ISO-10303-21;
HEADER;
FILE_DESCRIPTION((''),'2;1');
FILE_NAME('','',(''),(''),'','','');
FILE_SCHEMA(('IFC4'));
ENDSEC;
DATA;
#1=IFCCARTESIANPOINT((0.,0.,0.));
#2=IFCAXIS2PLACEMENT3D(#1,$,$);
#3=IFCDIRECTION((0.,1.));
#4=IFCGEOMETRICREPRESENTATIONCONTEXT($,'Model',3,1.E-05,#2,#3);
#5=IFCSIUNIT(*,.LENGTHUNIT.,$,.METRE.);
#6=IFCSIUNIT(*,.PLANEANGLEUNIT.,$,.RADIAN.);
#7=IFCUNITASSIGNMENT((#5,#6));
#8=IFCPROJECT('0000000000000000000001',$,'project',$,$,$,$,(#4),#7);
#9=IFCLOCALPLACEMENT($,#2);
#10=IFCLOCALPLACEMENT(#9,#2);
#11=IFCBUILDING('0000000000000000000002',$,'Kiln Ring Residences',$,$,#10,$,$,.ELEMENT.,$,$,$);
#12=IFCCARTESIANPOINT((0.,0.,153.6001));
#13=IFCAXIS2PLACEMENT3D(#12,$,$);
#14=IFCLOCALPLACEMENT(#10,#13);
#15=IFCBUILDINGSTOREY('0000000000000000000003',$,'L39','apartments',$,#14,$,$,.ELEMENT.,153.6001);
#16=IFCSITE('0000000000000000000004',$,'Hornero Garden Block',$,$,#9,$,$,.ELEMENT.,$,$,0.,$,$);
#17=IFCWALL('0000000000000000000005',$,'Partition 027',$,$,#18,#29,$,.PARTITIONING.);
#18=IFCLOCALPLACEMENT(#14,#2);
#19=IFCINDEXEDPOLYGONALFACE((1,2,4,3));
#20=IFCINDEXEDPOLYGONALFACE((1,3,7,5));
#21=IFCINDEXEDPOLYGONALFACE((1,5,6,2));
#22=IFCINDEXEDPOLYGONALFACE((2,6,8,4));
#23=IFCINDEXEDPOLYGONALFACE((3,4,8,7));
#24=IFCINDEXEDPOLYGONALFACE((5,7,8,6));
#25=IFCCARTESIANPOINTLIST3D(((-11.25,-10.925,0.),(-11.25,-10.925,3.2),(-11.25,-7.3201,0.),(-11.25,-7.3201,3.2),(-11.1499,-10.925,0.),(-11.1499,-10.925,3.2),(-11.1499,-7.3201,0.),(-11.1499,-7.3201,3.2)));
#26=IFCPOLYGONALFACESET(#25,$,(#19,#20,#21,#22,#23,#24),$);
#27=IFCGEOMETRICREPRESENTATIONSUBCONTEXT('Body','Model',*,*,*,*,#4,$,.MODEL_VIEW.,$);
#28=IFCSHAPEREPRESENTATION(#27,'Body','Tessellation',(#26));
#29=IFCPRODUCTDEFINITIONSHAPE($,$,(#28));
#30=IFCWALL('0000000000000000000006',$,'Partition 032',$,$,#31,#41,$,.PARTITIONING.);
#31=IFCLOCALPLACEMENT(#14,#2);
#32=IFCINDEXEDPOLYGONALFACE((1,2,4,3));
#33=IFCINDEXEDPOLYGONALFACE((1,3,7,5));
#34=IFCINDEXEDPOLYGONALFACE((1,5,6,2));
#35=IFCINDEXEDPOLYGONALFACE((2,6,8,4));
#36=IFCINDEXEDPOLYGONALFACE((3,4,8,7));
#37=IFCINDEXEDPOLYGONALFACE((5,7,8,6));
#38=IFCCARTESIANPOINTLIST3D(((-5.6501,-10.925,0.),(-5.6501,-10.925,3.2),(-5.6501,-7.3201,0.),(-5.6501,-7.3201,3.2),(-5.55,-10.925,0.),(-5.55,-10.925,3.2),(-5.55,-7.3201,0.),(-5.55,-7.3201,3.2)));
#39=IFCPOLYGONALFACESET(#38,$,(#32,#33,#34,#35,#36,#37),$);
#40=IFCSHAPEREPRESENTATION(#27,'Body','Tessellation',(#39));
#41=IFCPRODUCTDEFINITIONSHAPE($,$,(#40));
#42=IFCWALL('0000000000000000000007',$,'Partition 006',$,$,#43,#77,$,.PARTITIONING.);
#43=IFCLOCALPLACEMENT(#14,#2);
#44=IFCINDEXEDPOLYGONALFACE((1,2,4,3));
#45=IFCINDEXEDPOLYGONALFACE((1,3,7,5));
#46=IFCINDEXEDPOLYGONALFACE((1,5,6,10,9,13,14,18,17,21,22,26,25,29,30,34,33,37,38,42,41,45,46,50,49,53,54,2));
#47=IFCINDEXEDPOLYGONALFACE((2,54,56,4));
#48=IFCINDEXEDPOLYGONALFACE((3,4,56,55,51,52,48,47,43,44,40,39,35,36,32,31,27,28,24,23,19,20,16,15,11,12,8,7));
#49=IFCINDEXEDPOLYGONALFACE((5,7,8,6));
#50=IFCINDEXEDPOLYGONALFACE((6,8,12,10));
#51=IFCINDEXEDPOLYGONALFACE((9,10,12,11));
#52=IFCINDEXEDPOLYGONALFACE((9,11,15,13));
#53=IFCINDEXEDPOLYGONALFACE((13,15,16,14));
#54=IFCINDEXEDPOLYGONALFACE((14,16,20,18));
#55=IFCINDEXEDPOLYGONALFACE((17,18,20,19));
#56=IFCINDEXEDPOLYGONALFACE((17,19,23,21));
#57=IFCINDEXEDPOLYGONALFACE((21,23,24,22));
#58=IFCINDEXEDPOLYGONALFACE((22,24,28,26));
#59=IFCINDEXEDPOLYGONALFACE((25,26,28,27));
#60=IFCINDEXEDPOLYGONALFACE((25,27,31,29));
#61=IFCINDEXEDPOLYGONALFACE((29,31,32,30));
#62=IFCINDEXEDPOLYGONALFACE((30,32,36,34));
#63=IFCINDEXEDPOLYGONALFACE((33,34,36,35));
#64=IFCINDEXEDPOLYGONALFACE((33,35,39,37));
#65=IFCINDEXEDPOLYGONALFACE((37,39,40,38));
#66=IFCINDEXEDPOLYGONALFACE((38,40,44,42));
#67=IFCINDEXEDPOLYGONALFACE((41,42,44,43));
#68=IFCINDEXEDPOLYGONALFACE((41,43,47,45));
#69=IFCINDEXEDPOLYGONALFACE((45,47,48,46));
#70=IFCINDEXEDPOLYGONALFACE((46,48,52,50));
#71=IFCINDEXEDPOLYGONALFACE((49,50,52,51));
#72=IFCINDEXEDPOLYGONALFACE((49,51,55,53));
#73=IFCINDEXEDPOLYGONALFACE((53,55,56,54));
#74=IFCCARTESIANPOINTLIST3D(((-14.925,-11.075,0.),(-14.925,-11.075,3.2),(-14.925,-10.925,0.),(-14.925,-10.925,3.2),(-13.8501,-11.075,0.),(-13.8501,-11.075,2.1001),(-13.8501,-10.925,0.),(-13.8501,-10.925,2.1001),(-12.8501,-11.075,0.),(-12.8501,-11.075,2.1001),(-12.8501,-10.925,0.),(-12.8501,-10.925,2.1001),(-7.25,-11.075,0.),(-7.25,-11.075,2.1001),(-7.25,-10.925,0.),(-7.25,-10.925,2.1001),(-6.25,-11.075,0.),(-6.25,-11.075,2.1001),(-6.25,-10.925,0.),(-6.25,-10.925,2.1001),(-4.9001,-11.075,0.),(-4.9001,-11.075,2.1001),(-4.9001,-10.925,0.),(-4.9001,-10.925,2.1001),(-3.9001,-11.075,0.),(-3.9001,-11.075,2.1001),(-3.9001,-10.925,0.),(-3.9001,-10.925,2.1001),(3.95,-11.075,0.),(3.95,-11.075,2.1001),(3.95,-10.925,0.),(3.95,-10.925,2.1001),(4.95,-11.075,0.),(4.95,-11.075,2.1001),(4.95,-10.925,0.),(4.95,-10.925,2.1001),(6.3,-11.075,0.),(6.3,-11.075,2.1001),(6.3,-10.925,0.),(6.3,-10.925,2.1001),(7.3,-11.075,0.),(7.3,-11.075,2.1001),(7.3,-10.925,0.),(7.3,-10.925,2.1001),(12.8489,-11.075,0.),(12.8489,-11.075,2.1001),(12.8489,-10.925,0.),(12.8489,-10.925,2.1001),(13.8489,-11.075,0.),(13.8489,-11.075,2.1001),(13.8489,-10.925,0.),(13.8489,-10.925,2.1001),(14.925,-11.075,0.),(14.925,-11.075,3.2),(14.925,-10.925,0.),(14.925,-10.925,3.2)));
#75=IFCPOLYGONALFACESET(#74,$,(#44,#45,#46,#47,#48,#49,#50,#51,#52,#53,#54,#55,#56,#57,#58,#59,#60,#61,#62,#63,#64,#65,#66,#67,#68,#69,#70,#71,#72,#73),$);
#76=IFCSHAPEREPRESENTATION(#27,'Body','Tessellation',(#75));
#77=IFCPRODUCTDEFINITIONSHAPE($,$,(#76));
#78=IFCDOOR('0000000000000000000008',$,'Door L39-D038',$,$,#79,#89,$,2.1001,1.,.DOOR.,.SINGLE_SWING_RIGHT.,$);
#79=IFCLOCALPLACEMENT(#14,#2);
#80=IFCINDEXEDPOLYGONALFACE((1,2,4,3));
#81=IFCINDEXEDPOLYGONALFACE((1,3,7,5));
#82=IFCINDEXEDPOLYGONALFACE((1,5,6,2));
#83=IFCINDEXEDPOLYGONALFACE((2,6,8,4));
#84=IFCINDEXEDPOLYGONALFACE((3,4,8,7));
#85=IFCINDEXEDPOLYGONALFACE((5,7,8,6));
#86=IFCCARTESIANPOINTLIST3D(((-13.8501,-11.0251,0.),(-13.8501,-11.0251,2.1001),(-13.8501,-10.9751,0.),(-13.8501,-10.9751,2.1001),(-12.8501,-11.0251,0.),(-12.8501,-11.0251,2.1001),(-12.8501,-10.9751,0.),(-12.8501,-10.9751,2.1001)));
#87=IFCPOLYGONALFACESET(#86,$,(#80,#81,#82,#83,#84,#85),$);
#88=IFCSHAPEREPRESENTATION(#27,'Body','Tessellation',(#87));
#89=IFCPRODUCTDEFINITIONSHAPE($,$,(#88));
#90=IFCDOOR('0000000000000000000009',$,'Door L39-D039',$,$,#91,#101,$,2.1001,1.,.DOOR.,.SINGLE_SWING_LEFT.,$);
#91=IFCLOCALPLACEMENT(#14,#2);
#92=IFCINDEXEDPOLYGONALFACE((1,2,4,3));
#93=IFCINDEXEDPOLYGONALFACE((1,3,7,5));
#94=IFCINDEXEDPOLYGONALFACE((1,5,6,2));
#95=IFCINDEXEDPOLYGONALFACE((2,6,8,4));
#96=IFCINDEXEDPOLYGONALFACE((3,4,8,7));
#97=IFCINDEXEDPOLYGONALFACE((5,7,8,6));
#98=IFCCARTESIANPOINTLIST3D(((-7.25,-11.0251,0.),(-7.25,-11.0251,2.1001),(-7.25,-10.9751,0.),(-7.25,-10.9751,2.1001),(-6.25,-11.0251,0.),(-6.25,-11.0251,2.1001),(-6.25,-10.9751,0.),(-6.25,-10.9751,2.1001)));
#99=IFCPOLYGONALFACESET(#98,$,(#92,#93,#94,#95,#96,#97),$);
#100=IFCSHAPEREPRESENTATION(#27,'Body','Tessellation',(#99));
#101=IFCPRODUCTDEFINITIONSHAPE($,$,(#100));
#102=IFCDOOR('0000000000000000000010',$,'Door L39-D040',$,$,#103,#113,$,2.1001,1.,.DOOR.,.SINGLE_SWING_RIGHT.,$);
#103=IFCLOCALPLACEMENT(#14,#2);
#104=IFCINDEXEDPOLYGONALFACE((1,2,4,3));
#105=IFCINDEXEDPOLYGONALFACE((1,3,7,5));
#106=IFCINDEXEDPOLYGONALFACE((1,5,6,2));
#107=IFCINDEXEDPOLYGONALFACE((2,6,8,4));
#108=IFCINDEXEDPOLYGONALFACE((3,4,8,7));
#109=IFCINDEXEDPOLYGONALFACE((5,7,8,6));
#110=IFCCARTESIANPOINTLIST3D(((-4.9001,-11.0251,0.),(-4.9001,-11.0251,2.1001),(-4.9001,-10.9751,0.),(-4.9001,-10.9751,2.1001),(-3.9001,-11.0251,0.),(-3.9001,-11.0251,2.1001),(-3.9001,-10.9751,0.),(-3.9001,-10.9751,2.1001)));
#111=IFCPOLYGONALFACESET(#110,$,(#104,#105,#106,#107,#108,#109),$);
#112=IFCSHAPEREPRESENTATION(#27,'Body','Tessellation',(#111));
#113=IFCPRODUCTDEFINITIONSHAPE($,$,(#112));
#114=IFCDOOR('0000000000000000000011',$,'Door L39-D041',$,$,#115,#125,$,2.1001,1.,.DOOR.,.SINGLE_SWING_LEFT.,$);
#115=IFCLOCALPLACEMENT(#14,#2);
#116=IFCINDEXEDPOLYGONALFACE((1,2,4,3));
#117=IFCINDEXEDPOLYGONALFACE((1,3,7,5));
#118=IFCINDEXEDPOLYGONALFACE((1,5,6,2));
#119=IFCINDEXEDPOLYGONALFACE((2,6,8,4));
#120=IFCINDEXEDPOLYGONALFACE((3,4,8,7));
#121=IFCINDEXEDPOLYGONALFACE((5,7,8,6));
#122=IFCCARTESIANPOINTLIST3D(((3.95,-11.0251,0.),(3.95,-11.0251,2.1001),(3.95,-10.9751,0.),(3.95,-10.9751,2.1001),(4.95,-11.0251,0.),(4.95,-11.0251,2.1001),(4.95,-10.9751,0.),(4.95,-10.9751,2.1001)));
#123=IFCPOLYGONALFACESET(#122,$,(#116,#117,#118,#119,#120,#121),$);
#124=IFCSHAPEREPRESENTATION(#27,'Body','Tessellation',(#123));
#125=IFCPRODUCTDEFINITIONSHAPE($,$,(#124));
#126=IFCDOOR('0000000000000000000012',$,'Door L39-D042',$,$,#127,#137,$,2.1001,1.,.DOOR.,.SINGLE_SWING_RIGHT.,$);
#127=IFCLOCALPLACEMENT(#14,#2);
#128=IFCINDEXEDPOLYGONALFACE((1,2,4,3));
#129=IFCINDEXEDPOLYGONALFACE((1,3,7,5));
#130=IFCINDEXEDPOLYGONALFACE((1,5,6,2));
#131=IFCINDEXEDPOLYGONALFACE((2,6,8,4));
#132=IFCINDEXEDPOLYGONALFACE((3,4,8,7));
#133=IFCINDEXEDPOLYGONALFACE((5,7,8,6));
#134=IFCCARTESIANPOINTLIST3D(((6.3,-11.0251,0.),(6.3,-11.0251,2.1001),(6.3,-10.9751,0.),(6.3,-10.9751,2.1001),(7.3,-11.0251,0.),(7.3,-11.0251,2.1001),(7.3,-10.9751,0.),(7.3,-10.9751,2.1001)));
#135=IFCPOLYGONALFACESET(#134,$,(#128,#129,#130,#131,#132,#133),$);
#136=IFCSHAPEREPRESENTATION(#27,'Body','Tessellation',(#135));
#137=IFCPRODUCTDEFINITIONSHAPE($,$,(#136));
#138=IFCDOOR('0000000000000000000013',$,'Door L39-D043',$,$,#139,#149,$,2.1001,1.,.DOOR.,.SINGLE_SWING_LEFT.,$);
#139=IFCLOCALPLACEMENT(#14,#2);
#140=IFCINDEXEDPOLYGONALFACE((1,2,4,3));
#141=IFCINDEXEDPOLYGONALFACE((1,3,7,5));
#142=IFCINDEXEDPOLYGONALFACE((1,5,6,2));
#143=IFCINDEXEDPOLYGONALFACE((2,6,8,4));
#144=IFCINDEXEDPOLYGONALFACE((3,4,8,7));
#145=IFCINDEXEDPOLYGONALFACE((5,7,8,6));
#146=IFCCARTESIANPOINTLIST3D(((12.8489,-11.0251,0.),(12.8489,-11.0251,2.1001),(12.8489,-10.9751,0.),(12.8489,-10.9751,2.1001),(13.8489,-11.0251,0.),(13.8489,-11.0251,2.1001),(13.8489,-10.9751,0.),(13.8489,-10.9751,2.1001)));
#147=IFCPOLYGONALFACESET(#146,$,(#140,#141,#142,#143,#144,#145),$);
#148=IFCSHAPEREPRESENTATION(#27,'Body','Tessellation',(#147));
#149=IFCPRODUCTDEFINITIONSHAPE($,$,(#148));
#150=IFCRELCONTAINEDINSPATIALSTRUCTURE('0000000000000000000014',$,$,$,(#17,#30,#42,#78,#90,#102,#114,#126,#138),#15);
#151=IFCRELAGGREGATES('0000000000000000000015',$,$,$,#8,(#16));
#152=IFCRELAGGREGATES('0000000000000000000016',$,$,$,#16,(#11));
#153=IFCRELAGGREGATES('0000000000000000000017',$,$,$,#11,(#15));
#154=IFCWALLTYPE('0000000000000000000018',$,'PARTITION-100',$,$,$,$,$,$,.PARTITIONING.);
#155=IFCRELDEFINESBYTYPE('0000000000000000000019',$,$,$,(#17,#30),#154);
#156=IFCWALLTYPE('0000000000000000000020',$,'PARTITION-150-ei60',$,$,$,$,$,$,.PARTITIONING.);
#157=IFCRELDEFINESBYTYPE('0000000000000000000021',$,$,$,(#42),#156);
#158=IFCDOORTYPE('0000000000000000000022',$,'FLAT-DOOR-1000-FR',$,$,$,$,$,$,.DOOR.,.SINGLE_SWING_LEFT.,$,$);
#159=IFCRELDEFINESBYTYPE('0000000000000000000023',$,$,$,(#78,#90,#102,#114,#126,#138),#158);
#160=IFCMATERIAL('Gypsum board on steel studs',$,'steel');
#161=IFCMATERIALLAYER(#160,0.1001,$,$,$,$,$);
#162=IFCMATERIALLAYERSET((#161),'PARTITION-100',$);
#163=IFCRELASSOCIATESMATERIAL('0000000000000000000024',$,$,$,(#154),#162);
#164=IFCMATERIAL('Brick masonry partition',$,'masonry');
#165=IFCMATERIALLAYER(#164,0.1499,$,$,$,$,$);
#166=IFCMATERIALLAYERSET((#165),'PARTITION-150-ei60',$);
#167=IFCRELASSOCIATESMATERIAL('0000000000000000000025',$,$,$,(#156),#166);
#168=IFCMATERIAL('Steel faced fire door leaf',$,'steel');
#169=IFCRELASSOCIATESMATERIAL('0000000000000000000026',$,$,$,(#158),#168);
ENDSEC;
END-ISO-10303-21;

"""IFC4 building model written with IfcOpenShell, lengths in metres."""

from ifc_helpers import new_model, si_unit, direction, frame, frame_2d, origin, place, context, subcontext, project, spatial, rectangle, extrude, material, layer, layer_set, type_object, element, fill, save


model = new_model("IFC4")

# Units and contexts
model_context = context("Model", 3, precision=1e-05, world=origin(), true_north=direction((0.0, 1.0)))
body_context = subcontext(model_context, "Body", "Model", "MODEL_VIEW")
ifc_project = project(units=[si_unit("LENGTHUNIT", "METRE"), si_unit("PLANEANGLEUNIT", "RADIAN")], contexts=[model_context])

# Site, building, storey
site_placement = place(None, origin())
site = spatial("IfcSite", under=ifc_project, at=site_placement, Name="Hornero Garden Block", CompositionType="ELEMENT", RefElevation=0.0)
building_placement = place(site_placement, origin())
building = spatial("IfcBuilding", under=site, at=building_placement, Name="Kiln Ring Residences", CompositionType="ELEMENT")
storey_placement = place(building_placement, frame((0.0, 0.0, 153.6001)))
storey = spatial("IfcBuildingStorey", under=building, at=storey_placement, Name="L39", Description="apartments", CompositionType="ELEMENT", Elevation=153.6001)

# Walls
ifc_material_1 = material(Name="Gypsum board on steel studs", Category="steel")
ifc_layer_1 = layer(ifc_material_1, 0.1001)
ifc_layer_set_1 = layer_set([ifc_layer_1], Name="PARTITION-100")
wall_type_1 = type_object("IfcWallType", Name="PARTITION-100", PredefinedType="PARTITIONING", material=ifc_layer_set_1)
for number, where, z_axis, x_axis, name in (
    (1, (-11.2, -10.925, 0.0), (0.0, 0.0, 1.0), (0.0, 1.0, 0.0), "Partition 027"),
    (2, (-5.6001, -10.925, 0.0), (0.0, 0.0, 1.0), (0.0, 1.0, 0.0), "Partition 032"),
):
    element("IfcWall", number, at=place(storey_placement, frame(where, z_axis=z_axis, x_axis=x_axis)), inside=storey, type_object=wall_type_1, Name=name, PredefinedType="PARTITIONING", context=body_context, shape_type="SweptSolid", body=[
        extrude(rectangle(XDim=3.605, YDim=0.1001, at=frame_2d((1.8025, 0.0))), origin(), (0.0, 0.0, 1.0), 3.2),
    ])

# Wall, openings, doors
ifc_material_2 = material(Name="Brick masonry partition", Category="masonry")
ifc_layer_2 = layer(ifc_material_2, 0.1499)
ifc_layer_set_2 = layer_set([ifc_layer_2], Name="PARTITION-150-ei60")
wall_type_2 = type_object("IfcWallType", Name="PARTITION-150-ei60", PredefinedType="PARTITIONING", material=ifc_layer_set_2)
wall_placement = place(storey_placement, frame((-14.925, -11.0, 0.0), z_axis=(0.0, 0.0, 1.0), x_axis=(1.0, 0.0, 0.0)))
wall = element("IfcWall", 3, at=wall_placement, inside=storey, type_object=wall_type_2, Name="Partition 006", PredefinedType="PARTITIONING", context=body_context, shape_type="SweptSolid", body=[
    extrude(rectangle(XDim=29.8501, YDim=0.1499, at=frame_2d((14.925, 0.0))), origin(), (0.0, 0.0, 1.0), 3.2),
])
opening_1_placement = place(wall_placement, frame((1.075, 0.0, 0.0)))
opening_1 = element("IfcOpeningElement", 4, at=opening_1_placement, cuts=wall, PredefinedType="OPENING", context=body_context, shape_type="SweptSolid", body=[
    extrude(rectangle(XDim=1.0, YDim=2.1001, at=frame_2d((0.5, 1.05))), frame((0.0, 0.085, 0.0), z_axis=(0.0, -1.0, 0.0), x_axis=(1.0, 0.0, 0.0)), (0.0, 0.0, 1.0), 0.1699),
])
opening_2_placement = place(wall_placement, frame((7.675, 0.0, 0.0)))
opening_2 = element("IfcOpeningElement", 5, at=opening_2_placement, cuts=wall, PredefinedType="OPENING", context=body_context, shape_type="SweptSolid", body=[
    extrude(rectangle(XDim=1.0, YDim=2.1001, at=frame_2d((0.5, 1.05))), frame((0.0, 0.085, 0.0), z_axis=(0.0, -1.0, 0.0), x_axis=(1.0, 0.0, 0.0)), (0.0, 0.0, 1.0), 0.1699),
])
opening_3_placement = place(wall_placement, frame((10.0249, 0.0, 0.0)))
opening_3 = element("IfcOpeningElement", 6, at=opening_3_placement, cuts=wall, PredefinedType="OPENING", context=body_context, shape_type="SweptSolid", body=[
    extrude(rectangle(XDim=1.0, YDim=2.1001, at=frame_2d((0.5, 1.05))), frame((0.0, 0.085, 0.0), z_axis=(0.0, -1.0, 0.0), x_axis=(1.0, 0.0, 0.0)), (0.0, 0.0, 1.0), 0.1699),
])
opening_4_placement = place(wall_placement, frame((18.875, 0.0, 0.0)))
opening_4 = element("IfcOpeningElement", 7, at=opening_4_placement, cuts=wall, PredefinedType="OPENING", context=body_context, shape_type="SweptSolid", body=[
    extrude(rectangle(XDim=1.0, YDim=2.1001, at=frame_2d((0.5, 1.05))), frame((0.0, 0.085, 0.0), z_axis=(0.0, -1.0, 0.0), x_axis=(1.0, 0.0, 0.0)), (0.0, 0.0, 1.0), 0.1699),
])
opening_5_placement = place(wall_placement, frame((21.2251, 0.0, 0.0)))
opening_5 = element("IfcOpeningElement", 8, at=opening_5_placement, cuts=wall, PredefinedType="OPENING", context=body_context, shape_type="SweptSolid", body=[
    extrude(rectangle(XDim=1.0, YDim=2.1001, at=frame_2d((0.5, 1.05))), frame((0.0, 0.085, 0.0), z_axis=(0.0, -1.0, 0.0), x_axis=(1.0, 0.0, 0.0)), (0.0, 0.0, 1.0), 0.1699),
])
opening_6_placement = place(wall_placement, frame((27.7739, 0.0, 0.0)))
opening_6 = element("IfcOpeningElement", 9, at=opening_6_placement, cuts=wall, PredefinedType="OPENING", context=body_context, shape_type="SweptSolid", body=[
    extrude(rectangle(XDim=1.0, YDim=2.1001, at=frame_2d((0.5, 1.05))), frame((0.0, 0.085, 0.0), z_axis=(0.0, -1.0, 0.0), x_axis=(1.0, 0.0, 0.0)), (0.0, 0.0, 1.0), 0.1699),
])
ifc_material_3 = material(Name="Steel faced fire door leaf", Category="steel")
door_type = type_object("IfcDoorType", Name="FLAT-DOOR-1000-FR", OperationType="SINGLE_SWING_LEFT", PredefinedType="DOOR", material=ifc_material_3)
door_1_placement = place(opening_1_placement, origin())
door_1 = element("IfcDoor", 10, at=door_1_placement, inside=storey, type_object=door_type, Name="Door L39-D038", OperationType="SINGLE_SWING_RIGHT", OverallHeight=2.1001, OverallWidth=1.0, PredefinedType="DOOR", context=body_context, shape_type="SweptSolid", body=[
    extrude(rectangle(XDim=1.0, YDim=2.1001, at=frame_2d((0.5, 1.05))), frame((0.0, 0.0249, 0.0), z_axis=(0.0, -1.0, 0.0), x_axis=(1.0, 0.0, 0.0)), (0.0, 0.0, 1.0), 0.05),
])
fill(opening_1, door_1)
door_2_placement = place(opening_2_placement, origin())
door_2 = element("IfcDoor", 11, at=door_2_placement, inside=storey, type_object=door_type, Name="Door L39-D039", OperationType="SINGLE_SWING_LEFT", OverallHeight=2.1001, OverallWidth=1.0, PredefinedType="DOOR", context=body_context, shape_type="SweptSolid", body=[
    extrude(rectangle(XDim=1.0, YDim=2.1001, at=frame_2d((0.5, 1.05))), frame((0.0, 0.0249, 0.0), z_axis=(0.0, -1.0, 0.0), x_axis=(1.0, 0.0, 0.0)), (0.0, 0.0, 1.0), 0.05),
])
fill(opening_2, door_2)
door_3_placement = place(opening_3_placement, origin())
door_3 = element("IfcDoor", 12, at=door_3_placement, inside=storey, type_object=door_type, Name="Door L39-D040", OperationType="SINGLE_SWING_RIGHT", OverallHeight=2.1001, OverallWidth=1.0, PredefinedType="DOOR", context=body_context, shape_type="SweptSolid", body=[
    extrude(rectangle(XDim=1.0, YDim=2.1001, at=frame_2d((0.5, 1.05))), frame((0.0, 0.0249, 0.0), z_axis=(0.0, -1.0, 0.0), x_axis=(1.0, 0.0, 0.0)), (0.0, 0.0, 1.0), 0.05),
])
fill(opening_3, door_3)
door_4_placement = place(opening_4_placement, origin())
door_4 = element("IfcDoor", 13, at=door_4_placement, inside=storey, type_object=door_type, Name="Door L39-D041", OperationType="SINGLE_SWING_LEFT", OverallHeight=2.1001, OverallWidth=1.0, PredefinedType="DOOR", context=body_context, shape_type="SweptSolid", body=[
    extrude(rectangle(XDim=1.0, YDim=2.1001, at=frame_2d((0.5, 1.05))), frame((0.0, 0.0249, 0.0), z_axis=(0.0, -1.0, 0.0), x_axis=(1.0, 0.0, 0.0)), (0.0, 0.0, 1.0), 0.05),
])
fill(opening_4, door_4)
door_5_placement = place(opening_5_placement, origin())
door_5 = element("IfcDoor", 14, at=door_5_placement, inside=storey, type_object=door_type, Name="Door L39-D042", OperationType="SINGLE_SWING_RIGHT", OverallHeight=2.1001, OverallWidth=1.0, PredefinedType="DOOR", context=body_context, shape_type="SweptSolid", body=[
    extrude(rectangle(XDim=1.0, YDim=2.1001, at=frame_2d((0.5, 1.05))), frame((0.0, 0.0249, 0.0), z_axis=(0.0, -1.0, 0.0), x_axis=(1.0, 0.0, 0.0)), (0.0, 0.0, 1.0), 0.05),
])
fill(opening_5, door_5)
door_6_placement = place(opening_6_placement, origin())
door_6 = element("IfcDoor", 15, at=door_6_placement, inside=storey, type_object=door_type, Name="Door L39-D043", OperationType="SINGLE_SWING_LEFT", OverallHeight=2.1001, OverallWidth=1.0, PredefinedType="DOOR", context=body_context, shape_type="SweptSolid", body=[
    extrude(rectangle(XDim=1.0, YDim=2.1001, at=frame_2d((0.5, 1.05))), frame((0.0, 0.0249, 0.0), z_axis=(0.0, -1.0, 0.0), x_axis=(1.0, 0.0, 0.0)), (0.0, 0.0, 1.0), 0.05),
])
fill(opening_6, door_6)

save(model, "model.ifc")
